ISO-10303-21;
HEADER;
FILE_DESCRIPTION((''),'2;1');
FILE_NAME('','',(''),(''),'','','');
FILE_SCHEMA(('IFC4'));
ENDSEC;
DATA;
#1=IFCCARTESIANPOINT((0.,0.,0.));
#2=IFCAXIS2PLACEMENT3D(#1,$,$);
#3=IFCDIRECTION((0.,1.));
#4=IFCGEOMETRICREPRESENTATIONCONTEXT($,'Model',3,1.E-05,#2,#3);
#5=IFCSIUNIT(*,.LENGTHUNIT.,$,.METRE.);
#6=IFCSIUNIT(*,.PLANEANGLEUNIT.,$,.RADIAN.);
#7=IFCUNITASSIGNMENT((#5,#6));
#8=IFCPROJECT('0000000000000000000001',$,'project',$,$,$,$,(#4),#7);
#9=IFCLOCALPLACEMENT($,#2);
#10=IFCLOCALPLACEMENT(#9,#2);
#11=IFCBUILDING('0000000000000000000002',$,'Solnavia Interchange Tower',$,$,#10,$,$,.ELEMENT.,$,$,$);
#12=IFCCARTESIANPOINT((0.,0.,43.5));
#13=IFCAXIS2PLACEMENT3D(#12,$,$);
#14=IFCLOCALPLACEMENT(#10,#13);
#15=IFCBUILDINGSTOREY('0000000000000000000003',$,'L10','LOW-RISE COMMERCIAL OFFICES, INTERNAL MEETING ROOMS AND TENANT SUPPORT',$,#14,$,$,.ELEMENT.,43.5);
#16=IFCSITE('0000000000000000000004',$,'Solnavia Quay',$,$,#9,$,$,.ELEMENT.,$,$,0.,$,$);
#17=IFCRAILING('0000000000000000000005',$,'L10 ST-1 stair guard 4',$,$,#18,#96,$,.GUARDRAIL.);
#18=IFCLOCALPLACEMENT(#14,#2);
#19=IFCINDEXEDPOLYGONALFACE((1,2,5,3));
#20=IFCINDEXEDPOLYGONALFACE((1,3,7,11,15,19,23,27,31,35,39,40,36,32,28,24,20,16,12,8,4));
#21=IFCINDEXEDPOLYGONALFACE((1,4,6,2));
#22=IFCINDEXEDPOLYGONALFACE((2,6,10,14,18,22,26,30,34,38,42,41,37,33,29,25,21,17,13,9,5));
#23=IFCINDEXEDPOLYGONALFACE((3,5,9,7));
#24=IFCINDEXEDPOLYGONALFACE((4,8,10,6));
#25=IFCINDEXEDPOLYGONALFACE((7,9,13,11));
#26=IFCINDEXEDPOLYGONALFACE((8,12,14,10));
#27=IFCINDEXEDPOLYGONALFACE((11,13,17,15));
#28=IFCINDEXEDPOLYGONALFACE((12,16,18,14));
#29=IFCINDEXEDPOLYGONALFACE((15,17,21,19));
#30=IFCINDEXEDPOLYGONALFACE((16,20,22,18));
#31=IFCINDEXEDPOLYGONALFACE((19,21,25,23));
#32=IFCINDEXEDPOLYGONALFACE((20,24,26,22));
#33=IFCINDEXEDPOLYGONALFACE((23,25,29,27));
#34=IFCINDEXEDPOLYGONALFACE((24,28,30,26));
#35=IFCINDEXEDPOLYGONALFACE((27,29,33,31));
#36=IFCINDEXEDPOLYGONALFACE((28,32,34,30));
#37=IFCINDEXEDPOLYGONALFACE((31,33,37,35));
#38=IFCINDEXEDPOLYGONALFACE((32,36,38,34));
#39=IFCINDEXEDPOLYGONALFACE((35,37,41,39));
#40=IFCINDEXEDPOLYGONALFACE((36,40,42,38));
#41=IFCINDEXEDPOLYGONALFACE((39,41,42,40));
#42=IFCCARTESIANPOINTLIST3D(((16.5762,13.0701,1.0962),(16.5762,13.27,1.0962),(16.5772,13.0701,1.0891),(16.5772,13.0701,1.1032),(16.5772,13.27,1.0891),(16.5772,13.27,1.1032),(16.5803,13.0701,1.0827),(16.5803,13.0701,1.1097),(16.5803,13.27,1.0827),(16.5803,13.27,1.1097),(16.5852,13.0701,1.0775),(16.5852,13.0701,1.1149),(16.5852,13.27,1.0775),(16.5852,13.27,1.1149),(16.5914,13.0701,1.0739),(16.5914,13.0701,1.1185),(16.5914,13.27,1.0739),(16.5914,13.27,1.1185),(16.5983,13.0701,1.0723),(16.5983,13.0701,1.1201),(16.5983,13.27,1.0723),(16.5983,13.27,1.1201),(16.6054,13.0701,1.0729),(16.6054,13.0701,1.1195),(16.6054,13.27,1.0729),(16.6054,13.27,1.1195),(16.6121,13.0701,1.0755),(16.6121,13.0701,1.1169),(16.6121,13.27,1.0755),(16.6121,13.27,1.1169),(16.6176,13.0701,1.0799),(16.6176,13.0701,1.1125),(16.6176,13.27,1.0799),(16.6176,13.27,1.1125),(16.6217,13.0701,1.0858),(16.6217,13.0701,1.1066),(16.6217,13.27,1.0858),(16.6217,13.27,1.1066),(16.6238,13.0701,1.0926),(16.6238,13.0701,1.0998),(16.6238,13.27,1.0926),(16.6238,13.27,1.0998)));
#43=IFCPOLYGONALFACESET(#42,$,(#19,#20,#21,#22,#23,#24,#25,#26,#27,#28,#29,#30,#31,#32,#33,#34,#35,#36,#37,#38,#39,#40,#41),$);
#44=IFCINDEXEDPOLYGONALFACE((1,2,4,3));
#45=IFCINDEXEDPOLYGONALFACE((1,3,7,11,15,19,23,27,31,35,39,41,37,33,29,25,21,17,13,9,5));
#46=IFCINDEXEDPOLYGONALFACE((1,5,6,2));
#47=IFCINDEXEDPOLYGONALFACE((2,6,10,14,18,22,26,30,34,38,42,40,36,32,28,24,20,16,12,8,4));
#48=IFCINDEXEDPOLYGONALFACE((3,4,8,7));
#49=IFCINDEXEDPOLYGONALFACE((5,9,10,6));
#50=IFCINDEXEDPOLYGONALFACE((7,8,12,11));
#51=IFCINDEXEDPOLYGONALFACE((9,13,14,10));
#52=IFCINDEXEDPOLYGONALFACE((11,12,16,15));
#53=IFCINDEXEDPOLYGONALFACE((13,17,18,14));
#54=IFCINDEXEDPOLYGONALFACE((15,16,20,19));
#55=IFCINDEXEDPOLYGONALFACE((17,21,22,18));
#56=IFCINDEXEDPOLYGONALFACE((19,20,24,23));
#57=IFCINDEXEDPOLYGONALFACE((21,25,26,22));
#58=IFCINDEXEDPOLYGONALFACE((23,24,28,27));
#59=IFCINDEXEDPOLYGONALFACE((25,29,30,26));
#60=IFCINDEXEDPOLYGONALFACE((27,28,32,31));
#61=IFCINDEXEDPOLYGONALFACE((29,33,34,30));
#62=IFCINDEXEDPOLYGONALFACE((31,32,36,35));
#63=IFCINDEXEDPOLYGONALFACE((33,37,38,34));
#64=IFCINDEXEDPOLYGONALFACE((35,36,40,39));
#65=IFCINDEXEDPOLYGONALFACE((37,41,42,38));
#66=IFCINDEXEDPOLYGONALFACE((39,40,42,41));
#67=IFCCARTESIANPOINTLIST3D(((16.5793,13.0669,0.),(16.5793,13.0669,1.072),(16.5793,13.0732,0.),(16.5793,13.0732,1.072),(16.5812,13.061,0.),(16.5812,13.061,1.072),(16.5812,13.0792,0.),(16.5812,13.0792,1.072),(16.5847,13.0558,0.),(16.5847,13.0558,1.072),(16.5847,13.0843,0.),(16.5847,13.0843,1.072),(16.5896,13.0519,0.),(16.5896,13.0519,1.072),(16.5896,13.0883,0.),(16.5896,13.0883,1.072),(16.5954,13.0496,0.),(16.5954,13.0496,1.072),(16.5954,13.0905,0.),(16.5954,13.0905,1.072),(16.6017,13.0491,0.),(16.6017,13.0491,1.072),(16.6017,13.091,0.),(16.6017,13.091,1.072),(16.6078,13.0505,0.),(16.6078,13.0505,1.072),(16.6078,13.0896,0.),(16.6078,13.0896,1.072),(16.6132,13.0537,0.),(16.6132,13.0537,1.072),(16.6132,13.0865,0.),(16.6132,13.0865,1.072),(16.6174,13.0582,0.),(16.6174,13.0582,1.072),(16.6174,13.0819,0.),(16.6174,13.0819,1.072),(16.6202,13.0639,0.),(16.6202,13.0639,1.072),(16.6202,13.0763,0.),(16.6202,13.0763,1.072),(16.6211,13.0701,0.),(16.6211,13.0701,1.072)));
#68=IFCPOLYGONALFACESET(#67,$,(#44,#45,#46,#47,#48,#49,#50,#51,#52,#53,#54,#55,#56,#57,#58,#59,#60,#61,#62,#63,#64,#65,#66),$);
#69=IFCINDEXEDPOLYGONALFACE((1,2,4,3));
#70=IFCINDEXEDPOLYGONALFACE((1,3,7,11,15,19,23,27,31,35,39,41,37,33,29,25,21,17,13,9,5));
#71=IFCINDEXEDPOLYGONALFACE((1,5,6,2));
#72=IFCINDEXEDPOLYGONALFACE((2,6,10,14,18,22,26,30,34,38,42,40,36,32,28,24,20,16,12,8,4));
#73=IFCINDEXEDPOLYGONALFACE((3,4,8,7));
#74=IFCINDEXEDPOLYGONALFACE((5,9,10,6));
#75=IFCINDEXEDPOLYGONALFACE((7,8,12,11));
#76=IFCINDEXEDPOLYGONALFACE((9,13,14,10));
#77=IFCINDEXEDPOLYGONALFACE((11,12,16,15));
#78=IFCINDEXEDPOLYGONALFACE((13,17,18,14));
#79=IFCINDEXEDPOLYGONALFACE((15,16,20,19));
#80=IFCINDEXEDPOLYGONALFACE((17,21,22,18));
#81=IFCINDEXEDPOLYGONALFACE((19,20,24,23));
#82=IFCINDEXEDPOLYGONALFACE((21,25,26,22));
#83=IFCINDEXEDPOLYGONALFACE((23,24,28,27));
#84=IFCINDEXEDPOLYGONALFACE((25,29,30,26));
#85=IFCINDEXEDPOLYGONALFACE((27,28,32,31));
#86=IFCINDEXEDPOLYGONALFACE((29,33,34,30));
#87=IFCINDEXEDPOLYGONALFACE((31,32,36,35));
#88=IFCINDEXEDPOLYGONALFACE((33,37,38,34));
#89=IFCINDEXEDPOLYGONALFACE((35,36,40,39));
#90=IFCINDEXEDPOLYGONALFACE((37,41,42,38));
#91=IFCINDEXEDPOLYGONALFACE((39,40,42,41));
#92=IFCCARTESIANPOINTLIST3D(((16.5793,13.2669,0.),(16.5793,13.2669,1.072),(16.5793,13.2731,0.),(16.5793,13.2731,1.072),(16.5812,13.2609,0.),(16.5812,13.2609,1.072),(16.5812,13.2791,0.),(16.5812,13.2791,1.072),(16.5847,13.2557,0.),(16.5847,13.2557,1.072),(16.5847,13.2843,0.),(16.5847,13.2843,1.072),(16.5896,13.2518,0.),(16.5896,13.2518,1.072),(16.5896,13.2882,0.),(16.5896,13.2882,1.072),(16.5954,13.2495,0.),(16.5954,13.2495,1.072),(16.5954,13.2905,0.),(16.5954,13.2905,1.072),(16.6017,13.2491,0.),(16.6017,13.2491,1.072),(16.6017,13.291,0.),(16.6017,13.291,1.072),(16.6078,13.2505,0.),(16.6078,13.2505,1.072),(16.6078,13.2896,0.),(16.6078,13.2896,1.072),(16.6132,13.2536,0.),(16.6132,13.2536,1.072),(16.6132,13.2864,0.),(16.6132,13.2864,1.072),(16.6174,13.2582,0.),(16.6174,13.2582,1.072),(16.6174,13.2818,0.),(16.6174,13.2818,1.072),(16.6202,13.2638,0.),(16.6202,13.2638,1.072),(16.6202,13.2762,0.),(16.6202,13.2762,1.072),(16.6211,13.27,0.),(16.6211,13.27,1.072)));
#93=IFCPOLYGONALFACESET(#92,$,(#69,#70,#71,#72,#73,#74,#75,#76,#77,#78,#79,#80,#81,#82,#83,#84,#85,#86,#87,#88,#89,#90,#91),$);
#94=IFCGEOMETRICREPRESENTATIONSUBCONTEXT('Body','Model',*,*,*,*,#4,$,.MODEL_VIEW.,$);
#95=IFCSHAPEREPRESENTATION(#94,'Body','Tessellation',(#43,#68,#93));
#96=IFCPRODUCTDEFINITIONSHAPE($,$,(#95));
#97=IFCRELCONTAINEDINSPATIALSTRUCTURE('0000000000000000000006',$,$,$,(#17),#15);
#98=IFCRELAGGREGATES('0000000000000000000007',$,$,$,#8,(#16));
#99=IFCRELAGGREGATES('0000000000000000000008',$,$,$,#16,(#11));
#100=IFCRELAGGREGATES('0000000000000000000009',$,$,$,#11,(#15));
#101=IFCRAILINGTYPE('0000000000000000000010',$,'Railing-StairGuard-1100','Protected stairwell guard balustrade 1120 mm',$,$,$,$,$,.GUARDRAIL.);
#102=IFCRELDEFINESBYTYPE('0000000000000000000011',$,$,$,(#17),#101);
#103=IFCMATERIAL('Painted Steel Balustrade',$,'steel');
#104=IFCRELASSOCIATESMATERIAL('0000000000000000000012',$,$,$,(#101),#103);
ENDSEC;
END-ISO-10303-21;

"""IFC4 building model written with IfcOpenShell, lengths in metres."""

from ifc_helpers import new_model, si_unit, direction, frame, origin, origin_2d, place, context, subcontext, project, spatial, circle, extrude, material, type_object, element, save


model = new_model("IFC4")

# Units and contexts
model_context = context("Model", 3, precision=1e-05, world=origin(), true_north=direction((0.0, 1.0)))
body_context = subcontext(model_context, "Body", "Model", "MODEL_VIEW")
ifc_project = project(units=[si_unit("LENGTHUNIT", "METRE"), si_unit("PLANEANGLEUNIT", "RADIAN")], contexts=[model_context])

# Site, building, storey
site_placement = place(None, origin())
site = spatial("IfcSite", under=ifc_project, at=site_placement, Name="Solnavia Quay", CompositionType="ELEMENT", RefElevation=0.0)
building_placement = place(site_placement, origin())
building = spatial("IfcBuilding", under=site, at=building_placement, Name="Solnavia Interchange Tower", CompositionType="ELEMENT")
storey_placement = place(building_placement, frame((0.0, 0.0, 43.5)))
storey = spatial("IfcBuildingStorey", under=building, at=storey_placement, Name="L10", Description="LOW-RISE COMMERCIAL OFFICES, INTERNAL MEETING ROOMS AND TENANT SUPPORT", CompositionType="ELEMENT", Elevation=43.5)

# Railing
ifc_material_1 = material(Name="Painted Steel Balustrade", Category="steel")
railing_type_1 = type_object("IfcRailingType", Name="Railing-StairGuard-1100", Description="Protected stairwell guard balustrade 1120 mm", PredefinedType="GUARDRAIL", material=ifc_material_1)
railing_1_placement = place(storey_placement, frame((16.6001, 13.0701, 0.0)))
element("IfcRailing", 1, at=railing_1_placement, inside=storey, type_object=railing_type_1, Name="L10 ST-1 stair guard 4", PredefinedType="GUARDRAIL", context=body_context, shape_type="SweptSolid", body=[
    extrude(circle(Radius=0.0239, at=origin_2d()), frame((0.0, 0.0, 1.0962), z_axis=(0.0, 1.0, 0.0), x_axis=(-1.0, 0.0, 0.0)), (0.0, 0.0, 1.0), 0.2),
    extrude(circle(Radius=0.021, at=origin_2d()), origin(), (0.0, 0.0, 1.0), 1.072),
    extrude(circle(Radius=0.021, at=origin_2d()), frame((0.0, 0.2, 0.0)), (0.0, 0.0, 1.0), 1.072),
])

save(model, "model.ifc")
